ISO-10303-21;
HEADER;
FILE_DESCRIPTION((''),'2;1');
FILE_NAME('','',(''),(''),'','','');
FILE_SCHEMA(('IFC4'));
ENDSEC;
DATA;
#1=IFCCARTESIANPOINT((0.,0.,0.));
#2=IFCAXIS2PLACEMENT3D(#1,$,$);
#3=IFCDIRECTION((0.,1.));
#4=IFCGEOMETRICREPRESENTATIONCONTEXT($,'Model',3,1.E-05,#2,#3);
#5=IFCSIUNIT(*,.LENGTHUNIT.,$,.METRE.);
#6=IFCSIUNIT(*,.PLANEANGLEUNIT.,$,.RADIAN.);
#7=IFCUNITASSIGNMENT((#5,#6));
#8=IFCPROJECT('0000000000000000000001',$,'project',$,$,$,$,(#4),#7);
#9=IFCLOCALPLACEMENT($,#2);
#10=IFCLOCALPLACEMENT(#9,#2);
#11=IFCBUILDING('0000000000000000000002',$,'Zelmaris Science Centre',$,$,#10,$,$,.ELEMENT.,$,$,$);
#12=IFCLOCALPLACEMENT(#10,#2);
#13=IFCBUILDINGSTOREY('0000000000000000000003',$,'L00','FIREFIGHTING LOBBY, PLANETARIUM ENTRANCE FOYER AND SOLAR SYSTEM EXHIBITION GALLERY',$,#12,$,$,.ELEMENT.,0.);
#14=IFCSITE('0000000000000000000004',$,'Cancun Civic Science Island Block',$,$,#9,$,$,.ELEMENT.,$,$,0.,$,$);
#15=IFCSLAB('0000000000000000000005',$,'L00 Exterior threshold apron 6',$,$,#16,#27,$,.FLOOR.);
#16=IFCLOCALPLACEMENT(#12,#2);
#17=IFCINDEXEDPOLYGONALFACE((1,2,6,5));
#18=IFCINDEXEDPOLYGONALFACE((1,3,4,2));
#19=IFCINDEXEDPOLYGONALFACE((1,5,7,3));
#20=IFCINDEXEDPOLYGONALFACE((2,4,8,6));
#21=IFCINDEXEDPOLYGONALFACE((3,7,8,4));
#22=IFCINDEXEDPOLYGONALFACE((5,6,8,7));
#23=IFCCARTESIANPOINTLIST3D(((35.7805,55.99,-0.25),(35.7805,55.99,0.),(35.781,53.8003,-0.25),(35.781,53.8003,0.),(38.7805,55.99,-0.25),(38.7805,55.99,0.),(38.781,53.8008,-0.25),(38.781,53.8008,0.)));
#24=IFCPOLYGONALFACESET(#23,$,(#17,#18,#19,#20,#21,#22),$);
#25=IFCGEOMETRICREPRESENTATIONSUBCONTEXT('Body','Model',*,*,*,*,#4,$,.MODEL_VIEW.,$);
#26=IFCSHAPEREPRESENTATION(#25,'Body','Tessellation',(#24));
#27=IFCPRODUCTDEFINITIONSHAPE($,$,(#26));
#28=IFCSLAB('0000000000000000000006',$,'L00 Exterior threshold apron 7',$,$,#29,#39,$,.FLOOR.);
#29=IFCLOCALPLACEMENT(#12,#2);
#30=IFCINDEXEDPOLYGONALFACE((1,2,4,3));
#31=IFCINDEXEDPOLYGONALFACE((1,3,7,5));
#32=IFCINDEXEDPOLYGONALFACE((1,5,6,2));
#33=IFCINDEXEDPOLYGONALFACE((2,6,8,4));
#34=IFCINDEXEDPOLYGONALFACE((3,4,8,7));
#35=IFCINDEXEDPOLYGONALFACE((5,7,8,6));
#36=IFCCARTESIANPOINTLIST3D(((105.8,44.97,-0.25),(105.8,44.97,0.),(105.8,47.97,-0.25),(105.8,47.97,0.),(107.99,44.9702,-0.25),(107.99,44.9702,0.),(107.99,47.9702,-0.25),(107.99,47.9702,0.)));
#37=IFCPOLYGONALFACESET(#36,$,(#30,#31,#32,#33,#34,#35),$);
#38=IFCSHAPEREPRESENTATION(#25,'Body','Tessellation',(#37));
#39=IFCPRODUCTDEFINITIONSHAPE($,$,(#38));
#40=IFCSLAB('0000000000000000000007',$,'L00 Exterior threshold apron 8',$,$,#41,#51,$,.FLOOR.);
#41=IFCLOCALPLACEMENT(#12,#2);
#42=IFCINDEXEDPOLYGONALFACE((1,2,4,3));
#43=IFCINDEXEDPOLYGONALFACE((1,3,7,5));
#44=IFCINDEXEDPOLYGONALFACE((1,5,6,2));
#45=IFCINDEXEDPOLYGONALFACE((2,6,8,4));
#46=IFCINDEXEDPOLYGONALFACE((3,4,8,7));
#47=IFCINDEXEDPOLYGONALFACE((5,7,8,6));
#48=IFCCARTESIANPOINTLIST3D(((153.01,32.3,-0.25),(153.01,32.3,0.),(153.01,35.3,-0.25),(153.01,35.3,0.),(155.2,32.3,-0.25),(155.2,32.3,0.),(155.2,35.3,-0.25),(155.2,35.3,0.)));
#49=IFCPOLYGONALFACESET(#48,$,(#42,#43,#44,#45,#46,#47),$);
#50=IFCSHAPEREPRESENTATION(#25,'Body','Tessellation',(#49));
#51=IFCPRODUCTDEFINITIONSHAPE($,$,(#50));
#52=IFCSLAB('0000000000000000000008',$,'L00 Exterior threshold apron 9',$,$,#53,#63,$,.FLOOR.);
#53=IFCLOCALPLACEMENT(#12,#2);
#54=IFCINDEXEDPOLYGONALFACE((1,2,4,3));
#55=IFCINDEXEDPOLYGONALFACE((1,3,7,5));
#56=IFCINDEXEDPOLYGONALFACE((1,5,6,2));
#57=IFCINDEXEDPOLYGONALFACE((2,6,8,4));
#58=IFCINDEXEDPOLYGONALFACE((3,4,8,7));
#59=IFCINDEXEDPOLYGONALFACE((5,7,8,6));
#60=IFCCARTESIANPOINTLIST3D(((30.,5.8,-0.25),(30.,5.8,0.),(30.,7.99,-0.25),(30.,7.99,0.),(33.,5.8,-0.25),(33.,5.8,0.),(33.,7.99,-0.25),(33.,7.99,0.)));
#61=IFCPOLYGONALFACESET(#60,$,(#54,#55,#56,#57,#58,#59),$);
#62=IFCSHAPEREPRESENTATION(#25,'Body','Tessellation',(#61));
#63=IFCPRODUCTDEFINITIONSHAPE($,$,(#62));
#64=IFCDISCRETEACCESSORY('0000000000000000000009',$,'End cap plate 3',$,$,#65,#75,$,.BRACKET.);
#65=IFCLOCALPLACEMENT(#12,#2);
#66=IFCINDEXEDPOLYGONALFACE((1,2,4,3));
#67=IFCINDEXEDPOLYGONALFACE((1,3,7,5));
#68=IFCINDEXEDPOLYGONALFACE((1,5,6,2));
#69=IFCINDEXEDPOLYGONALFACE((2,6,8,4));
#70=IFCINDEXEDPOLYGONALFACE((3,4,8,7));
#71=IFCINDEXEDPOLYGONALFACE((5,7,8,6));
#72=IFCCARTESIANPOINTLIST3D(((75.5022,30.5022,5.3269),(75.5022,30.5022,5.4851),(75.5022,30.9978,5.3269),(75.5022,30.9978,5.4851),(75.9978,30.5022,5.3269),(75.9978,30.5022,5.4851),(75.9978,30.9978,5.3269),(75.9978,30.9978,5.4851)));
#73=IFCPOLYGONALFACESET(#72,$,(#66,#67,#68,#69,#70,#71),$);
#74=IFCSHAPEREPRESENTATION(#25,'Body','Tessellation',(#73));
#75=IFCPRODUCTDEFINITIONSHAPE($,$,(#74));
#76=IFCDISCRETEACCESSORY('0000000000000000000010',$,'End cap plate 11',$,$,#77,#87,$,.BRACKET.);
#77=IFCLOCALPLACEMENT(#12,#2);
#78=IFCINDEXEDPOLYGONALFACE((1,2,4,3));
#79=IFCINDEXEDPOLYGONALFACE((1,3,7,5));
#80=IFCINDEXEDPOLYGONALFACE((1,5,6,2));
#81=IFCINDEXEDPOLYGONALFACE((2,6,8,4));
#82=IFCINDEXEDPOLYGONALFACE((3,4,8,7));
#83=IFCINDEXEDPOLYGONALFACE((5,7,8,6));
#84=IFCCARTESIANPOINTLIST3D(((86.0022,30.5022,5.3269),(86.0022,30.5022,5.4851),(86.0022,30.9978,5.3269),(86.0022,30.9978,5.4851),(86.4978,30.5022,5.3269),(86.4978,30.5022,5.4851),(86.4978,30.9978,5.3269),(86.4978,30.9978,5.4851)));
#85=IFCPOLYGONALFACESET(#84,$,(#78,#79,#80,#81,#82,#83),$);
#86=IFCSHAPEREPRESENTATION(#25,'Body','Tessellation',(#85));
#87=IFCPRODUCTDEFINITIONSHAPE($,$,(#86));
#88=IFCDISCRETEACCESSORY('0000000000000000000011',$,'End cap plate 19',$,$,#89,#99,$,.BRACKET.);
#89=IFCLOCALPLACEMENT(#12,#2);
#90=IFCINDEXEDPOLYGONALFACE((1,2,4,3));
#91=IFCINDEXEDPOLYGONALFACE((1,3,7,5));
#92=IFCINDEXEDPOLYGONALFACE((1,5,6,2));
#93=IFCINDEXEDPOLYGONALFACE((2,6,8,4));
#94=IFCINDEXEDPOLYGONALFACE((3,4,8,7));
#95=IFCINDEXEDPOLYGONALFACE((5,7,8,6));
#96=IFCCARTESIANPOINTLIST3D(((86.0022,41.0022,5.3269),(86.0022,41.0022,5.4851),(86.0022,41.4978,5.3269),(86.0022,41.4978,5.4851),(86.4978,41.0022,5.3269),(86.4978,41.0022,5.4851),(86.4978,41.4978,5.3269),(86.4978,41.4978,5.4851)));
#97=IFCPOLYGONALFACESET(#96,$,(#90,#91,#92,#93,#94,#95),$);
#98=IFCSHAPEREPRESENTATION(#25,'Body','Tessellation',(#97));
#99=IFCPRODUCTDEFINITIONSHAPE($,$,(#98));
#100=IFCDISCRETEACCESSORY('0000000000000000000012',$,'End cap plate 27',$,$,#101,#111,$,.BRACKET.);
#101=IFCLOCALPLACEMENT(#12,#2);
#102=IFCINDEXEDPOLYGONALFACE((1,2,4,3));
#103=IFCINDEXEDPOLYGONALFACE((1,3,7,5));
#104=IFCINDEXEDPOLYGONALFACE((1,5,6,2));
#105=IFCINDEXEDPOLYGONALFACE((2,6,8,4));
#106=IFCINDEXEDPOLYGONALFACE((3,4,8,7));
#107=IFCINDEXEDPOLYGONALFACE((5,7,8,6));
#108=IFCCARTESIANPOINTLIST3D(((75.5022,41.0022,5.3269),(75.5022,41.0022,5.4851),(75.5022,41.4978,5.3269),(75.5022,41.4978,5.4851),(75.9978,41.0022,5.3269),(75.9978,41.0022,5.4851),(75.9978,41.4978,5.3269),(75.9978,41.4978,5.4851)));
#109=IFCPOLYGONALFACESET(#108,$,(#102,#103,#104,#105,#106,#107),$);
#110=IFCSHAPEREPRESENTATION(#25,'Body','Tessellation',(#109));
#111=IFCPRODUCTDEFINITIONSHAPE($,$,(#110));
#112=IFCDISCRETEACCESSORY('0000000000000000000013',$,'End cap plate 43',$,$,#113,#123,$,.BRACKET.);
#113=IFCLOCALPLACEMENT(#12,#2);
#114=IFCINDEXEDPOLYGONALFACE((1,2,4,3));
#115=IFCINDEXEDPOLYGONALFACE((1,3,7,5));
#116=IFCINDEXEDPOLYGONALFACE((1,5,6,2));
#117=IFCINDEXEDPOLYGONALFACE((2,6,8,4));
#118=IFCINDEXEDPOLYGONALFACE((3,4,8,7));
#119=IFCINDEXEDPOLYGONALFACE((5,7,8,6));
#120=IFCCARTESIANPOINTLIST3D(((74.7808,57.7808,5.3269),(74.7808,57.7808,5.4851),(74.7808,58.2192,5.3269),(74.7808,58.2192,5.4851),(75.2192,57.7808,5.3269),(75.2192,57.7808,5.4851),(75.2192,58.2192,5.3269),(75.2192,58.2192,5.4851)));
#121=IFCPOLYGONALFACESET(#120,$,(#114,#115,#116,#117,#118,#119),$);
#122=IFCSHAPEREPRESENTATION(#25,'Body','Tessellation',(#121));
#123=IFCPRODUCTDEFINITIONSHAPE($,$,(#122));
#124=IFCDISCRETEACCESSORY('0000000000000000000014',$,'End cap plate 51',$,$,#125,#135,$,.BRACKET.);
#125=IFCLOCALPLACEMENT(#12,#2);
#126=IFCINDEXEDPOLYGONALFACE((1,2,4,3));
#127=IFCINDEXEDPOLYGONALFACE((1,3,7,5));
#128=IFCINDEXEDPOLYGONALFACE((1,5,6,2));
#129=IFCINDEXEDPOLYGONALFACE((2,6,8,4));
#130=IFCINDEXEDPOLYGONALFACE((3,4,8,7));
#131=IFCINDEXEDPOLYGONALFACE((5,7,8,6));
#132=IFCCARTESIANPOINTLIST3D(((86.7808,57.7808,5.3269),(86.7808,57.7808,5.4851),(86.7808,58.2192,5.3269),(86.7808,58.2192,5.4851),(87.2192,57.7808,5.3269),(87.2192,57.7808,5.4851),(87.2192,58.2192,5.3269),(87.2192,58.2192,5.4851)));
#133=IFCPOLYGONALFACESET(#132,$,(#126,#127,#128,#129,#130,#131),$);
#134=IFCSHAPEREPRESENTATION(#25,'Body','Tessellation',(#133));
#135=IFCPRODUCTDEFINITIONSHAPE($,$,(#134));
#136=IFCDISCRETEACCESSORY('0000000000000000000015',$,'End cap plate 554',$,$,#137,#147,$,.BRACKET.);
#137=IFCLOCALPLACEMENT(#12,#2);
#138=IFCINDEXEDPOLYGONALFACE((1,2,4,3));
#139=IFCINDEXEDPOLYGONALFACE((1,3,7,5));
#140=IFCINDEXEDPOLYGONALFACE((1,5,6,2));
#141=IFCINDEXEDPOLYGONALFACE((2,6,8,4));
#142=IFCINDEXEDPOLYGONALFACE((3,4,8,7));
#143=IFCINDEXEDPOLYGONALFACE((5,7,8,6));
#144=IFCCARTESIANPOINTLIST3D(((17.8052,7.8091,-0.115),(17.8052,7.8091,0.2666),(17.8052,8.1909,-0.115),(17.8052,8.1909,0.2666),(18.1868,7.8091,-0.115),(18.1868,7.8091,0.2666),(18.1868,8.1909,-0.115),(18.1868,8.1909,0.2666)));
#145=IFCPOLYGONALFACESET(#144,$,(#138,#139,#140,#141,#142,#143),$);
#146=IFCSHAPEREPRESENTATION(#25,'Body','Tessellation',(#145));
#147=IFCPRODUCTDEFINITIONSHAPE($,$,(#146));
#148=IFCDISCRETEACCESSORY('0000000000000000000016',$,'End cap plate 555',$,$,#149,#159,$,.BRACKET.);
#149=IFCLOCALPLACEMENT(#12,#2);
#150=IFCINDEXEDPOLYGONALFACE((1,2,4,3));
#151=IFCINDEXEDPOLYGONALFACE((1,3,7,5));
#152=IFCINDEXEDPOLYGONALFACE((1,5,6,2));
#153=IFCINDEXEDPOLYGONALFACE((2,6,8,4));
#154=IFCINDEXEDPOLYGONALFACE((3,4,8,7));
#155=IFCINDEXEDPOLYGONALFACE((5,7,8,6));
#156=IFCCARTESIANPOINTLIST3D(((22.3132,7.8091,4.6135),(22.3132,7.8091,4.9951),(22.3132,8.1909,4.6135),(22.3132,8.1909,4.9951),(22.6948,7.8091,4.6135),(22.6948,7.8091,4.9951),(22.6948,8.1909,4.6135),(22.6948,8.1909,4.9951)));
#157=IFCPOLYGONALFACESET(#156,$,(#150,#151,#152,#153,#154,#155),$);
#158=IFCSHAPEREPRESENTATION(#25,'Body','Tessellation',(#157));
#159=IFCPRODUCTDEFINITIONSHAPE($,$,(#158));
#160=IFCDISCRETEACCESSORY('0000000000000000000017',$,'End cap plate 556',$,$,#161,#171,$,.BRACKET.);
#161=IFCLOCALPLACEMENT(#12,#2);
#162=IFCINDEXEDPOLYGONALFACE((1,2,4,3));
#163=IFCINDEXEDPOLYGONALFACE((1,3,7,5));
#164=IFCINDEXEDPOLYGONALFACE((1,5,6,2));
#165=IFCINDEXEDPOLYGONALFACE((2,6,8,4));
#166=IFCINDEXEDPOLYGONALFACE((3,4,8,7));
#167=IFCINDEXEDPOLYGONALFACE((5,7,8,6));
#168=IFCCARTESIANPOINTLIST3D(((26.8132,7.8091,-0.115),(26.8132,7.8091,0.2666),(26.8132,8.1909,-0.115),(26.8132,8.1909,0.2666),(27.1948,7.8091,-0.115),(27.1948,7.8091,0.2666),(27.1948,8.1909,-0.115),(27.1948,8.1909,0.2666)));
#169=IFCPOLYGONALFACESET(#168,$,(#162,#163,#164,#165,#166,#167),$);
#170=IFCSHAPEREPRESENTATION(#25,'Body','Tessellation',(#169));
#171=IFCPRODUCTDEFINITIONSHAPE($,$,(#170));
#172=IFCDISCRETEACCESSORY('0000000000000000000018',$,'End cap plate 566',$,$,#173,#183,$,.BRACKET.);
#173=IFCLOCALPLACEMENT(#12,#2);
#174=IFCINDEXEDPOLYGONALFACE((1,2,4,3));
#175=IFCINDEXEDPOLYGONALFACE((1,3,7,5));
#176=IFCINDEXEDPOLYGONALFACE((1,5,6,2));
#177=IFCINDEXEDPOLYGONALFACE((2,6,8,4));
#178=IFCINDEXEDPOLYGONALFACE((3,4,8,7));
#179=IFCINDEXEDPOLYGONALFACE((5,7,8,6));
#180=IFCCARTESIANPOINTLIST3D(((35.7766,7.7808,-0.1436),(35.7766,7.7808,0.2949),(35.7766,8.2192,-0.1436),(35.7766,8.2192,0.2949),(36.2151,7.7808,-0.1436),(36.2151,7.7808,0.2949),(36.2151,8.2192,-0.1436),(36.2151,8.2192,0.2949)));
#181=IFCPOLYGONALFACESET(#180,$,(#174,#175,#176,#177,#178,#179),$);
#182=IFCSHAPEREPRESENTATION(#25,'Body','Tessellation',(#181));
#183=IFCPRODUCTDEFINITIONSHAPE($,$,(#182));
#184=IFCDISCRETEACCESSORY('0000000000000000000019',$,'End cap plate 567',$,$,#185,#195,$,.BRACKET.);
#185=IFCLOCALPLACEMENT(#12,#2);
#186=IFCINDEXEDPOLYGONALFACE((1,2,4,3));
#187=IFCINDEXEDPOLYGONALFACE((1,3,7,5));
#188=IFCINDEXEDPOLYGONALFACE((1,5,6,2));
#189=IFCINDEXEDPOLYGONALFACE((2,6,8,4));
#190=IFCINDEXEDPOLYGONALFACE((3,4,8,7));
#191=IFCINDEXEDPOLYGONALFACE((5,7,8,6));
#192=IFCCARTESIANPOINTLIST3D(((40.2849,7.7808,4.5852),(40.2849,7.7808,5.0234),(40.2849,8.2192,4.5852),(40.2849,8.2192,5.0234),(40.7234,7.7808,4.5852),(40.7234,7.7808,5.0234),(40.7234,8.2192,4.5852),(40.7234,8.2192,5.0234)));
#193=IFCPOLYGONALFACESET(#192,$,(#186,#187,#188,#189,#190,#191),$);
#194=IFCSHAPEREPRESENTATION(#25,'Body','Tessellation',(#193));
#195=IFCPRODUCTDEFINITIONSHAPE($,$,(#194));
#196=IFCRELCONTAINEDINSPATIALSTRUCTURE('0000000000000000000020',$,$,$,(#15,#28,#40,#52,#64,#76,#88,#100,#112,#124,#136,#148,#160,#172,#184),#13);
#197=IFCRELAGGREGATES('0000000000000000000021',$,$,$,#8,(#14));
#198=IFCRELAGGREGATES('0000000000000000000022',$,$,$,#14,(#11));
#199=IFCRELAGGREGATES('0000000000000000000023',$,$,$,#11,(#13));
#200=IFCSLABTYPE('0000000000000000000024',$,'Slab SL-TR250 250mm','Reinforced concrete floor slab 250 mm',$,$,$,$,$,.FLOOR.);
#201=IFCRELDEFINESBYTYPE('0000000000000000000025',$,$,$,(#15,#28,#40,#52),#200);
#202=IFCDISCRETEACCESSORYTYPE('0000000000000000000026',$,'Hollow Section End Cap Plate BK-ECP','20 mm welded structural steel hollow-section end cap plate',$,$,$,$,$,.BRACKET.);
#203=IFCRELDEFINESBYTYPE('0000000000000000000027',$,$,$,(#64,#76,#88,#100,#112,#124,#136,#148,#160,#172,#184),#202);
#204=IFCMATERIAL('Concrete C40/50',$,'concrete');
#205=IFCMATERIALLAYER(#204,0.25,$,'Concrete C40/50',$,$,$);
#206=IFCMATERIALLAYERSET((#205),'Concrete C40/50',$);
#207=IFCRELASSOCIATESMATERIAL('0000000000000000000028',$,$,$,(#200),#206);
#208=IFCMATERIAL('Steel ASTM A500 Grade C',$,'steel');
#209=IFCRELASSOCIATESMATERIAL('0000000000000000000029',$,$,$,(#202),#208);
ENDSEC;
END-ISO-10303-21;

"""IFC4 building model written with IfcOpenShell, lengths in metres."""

from ifc_helpers import new_model, si_unit, direction, frame, origin, place, context, subcontext, project, spatial, polyline, outline, extrude, material, layer, layer_set, type_object, element, save


model = new_model("IFC4")

# Units and contexts
model_context = context("Model", 3, precision=1e-05, world=origin(), true_north=direction((0.0, 1.0)))
body_context = subcontext(model_context, "Body", "Model", "MODEL_VIEW")
ifc_project = project(units=[si_unit("LENGTHUNIT", "METRE"), si_unit("PLANEANGLEUNIT", "RADIAN")], contexts=[model_context])

# Site, building, storey
site_placement = place(None, origin())
site = spatial("IfcSite", under=ifc_project, at=site_placement, Name="Cancun Civic Science Island Block", CompositionType="ELEMENT", RefElevation=0.0)
building_placement = place(site_placement, origin())
building = spatial("IfcBuilding", under=site, at=building_placement, Name="Zelmaris Science Centre", CompositionType="ELEMENT")
storey_placement = place(building_placement, origin())
storey = spatial("IfcBuildingStorey", under=building, at=storey_placement, Name="L00", Description="FIREFIGHTING LOBBY, PLANETARIUM ENTRANCE FOYER AND SOLAR SYSTEM EXHIBITION GALLERY", CompositionType="ELEMENT", Elevation=0.0)

# Shared definitions
ifc_material_1 = material(Name="Concrete C40/50", Category="concrete")

# Slabs
ifc_layer_1 = layer(ifc_material_1, 0.25, Name="Concrete C40/50")
ifc_layer_set_1 = layer_set([ifc_layer_1], Name="Concrete C40/50")
slab_type_1 = type_object("IfcSlabType", Name="Slab SL-TR250 250mm", Description="Reinforced concrete floor slab 250 mm", PredefinedType="FLOOR", material=ifc_layer_set_1)
slab_1_placement = place(storey_placement, frame((0.0, 0.0, -0.25)))
element("IfcSlab", 1, at=slab_1_placement, inside=storey, type_object=slab_type_1, Name="L00 Exterior threshold apron 6", PredefinedType="FLOOR", context=body_context, shape_type="SweptSolid", body=[
    extrude(outline(polyline([(35.7805, 55.99), (38.7805, 55.99), (38.781, 53.8008), (35.781, 53.8003), (35.7805, 55.99)])), origin(), (0.0, 0.0, 1.0), 0.25),
])
slab_2_placement = place(storey_placement, frame((0.0, 0.0, -0.25)))
element("IfcSlab", 2, at=slab_2_placement, inside=storey, type_object=slab_type_1, Name="L00 Exterior threshold apron 7", PredefinedType="FLOOR", context=body_context, shape_type="SweptSolid", body=[
    extrude(outline(polyline([(105.8, 44.97), (105.8, 47.97), (107.99, 47.9702), (107.99, 44.9702), (105.8, 44.97)])), origin(), (0.0, 0.0, 1.0), 0.25),
])
slab_3_placement = place(storey_placement, frame((0.0, 0.0, -0.25)))
element("IfcSlab", 3, at=slab_3_placement, inside=storey, type_object=slab_type_1, Name="L00 Exterior threshold apron 8", PredefinedType="FLOOR", context=body_context, shape_type="SweptSolid", body=[
    extrude(outline(polyline([(155.2, 32.3), (153.01, 32.3), (153.01, 35.3), (155.2, 35.3), (155.2, 32.3)])), origin(), (0.0, 0.0, 1.0), 0.25),
])
slab_4_placement = place(storey_placement, frame((0.0, 0.0, -0.25)))
element("IfcSlab", 4, at=slab_4_placement, inside=storey, type_object=slab_type_1, Name="L00 Exterior threshold apron 9", PredefinedType="FLOOR", context=body_context, shape_type="SweptSolid", body=[
    extrude(outline(polyline([(30.0, 5.8), (30.0, 7.99), (33.0, 7.99), (33.0, 5.8), (30.0, 5.8)])), origin(), (0.0, 0.0, 1.0), 0.25),
])

# Discrete accessories
ifc_material_2 = material(Name="Steel ASTM A500 Grade C", Category="steel")
discrete_accessory_type = type_object("IfcDiscreteAccessoryType", Name="Hollow Section End Cap Plate BK-ECP", Description="20 mm welded structural steel hollow-section end cap plate", PredefinedType="BRACKET", material=ifc_material_2)
discrete_accessory_1_placement = place(storey_placement, frame((0.0, 0.0, 5.3269)))
element("IfcDiscreteAccessory", 5, at=discrete_accessory_1_placement, inside=storey, type_object=discrete_accessory_type, Name="End cap plate 3", PredefinedType="BRACKET", context=body_context, shape_type="SweptSolid", body=[
    extrude(outline(polyline([(75.5022, 30.5022), (75.9978, 30.5022), (75.9978, 30.9978), (75.5022, 30.9978), (75.5022, 30.5022)])), origin(), (0.0, 0.0, 1.0), 0.1582),
])
discrete_accessory_2_placement = place(storey_placement, frame((0.0, 0.0, 5.3269)))
element("IfcDiscreteAccessory", 6, at=discrete_accessory_2_placement, inside=storey, type_object=discrete_accessory_type, Name="End cap plate 11", PredefinedType="BRACKET", context=body_context, shape_type="SweptSolid", body=[
    extrude(outline(polyline([(86.0022, 30.5022), (86.4978, 30.5022), (86.4978, 30.9978), (86.0022, 30.9978), (86.0022, 30.5022)])), origin(), (0.0, 0.0, 1.0), 0.1582),
])
discrete_accessory_3_placement = place(storey_placement, frame((0.0, 0.0, 5.3269)))
element("IfcDiscreteAccessory", 7, at=discrete_accessory_3_placement, inside=storey, type_object=discrete_accessory_type, Name="End cap plate 19", PredefinedType="BRACKET", context=body_context, shape_type="SweptSolid", body=[
    extrude(outline(polyline([(86.0022, 41.0022), (86.4978, 41.0022), (86.4978, 41.4978), (86.0022, 41.4978), (86.0022, 41.0022)])), origin(), (0.0, 0.0, 1.0), 0.1582),
])
discrete_accessory_4_placement = place(storey_placement, frame((0.0, 0.0, 5.3269)))
element("IfcDiscreteAccessory", 8, at=discrete_accessory_4_placement, inside=storey, type_object=discrete_accessory_type, Name="End cap plate 27", PredefinedType="BRACKET", context=body_context, shape_type="SweptSolid", body=[
    extrude(outline(polyline([(75.5022, 41.0022), (75.9978, 41.0022), (75.9978, 41.4978), (75.5022, 41.4978), (75.5022, 41.0022)])), origin(), (0.0, 0.0, 1.0), 0.1582),
])
discrete_accessory_5_placement = place(storey_placement, frame((0.0, 0.0, 5.3269)))
element("IfcDiscreteAccessory", 9, at=discrete_accessory_5_placement, inside=storey, type_object=discrete_accessory_type, Name="End cap plate 43", PredefinedType="BRACKET", context=body_context, shape_type="SweptSolid", body=[
    extrude(outline(polyline([(74.7808, 57.7808), (75.2192, 57.7808), (75.2192, 58.2192), (74.7808, 58.2192), (74.7808, 57.7808)])), origin(), (0.0, 0.0, 1.0), 0.1582),
])
discrete_accessory_6_placement = place(storey_placement, frame((0.0, 0.0, 5.3269)))
element("IfcDiscreteAccessory", 10, at=discrete_accessory_6_placement, inside=storey, type_object=discrete_accessory_type, Name="End cap plate 51", PredefinedType="BRACKET", context=body_context, shape_type="SweptSolid", body=[
    extrude(outline(polyline([(86.7808, 57.7808), (87.2192, 57.7808), (87.2192, 58.2192), (86.7808, 58.2192), (86.7808, 57.7808)])), origin(), (0.0, 0.0, 1.0), 0.1582),
])
discrete_accessory_7_placement = place(storey_placement, frame((0.0, 0.0, -0.115)))
element("IfcDiscreteAccessory", 11, at=discrete_accessory_7_placement, inside=storey, type_object=discrete_accessory_type, Name="End cap plate 554", PredefinedType="BRACKET", context=body_context, shape_type="SweptSolid", body=[
    extrude(outline(polyline([(17.8052, 7.8091), (18.1868, 7.8091), (18.1868, 8.1909), (17.8052, 8.1909), (17.8052, 7.8091)])), origin(), (0.0, 0.0, 1.0), 0.3816),
])
discrete_accessory_8_placement = place(storey_placement, frame((0.0, 0.0, 4.6135)))
element("IfcDiscreteAccessory", 12, at=discrete_accessory_8_placement, inside=storey, type_object=discrete_accessory_type, Name="End cap plate 555", PredefinedType="BRACKET", context=body_context, shape_type="SweptSolid", body=[
    extrude(outline(polyline([(22.3132, 7.8091), (22.6948, 7.8091), (22.6948, 8.1909), (22.3132, 8.1909), (22.3132, 7.8091)])), origin(), (0.0, 0.0, 1.0), 0.3816),
])
discrete_accessory_9_placement = place(storey_placement, frame((0.0, 0.0, -0.115)))
element("IfcDiscreteAccessory", 13, at=discrete_accessory_9_placement, inside=storey, type_object=discrete_accessory_type, Name="End cap plate 556", PredefinedType="BRACKET", context=body_context, shape_type="SweptSolid", body=[
    extrude(outline(polyline([(26.8132, 7.8091), (27.1948, 7.8091), (27.1948, 8.1909), (26.8132, 8.1909), (26.8132, 7.8091)])), origin(), (0.0, 0.0, 1.0), 0.3816),
])
discrete_accessory_10_placement = place(storey_placement, frame((0.0, 0.0, -0.1436)))
element("IfcDiscreteAccessory", 14, at=discrete_accessory_10_placement, inside=storey, type_object=discrete_accessory_type, Name="End cap plate 566", PredefinedType="BRACKET", context=body_context, shape_type="SweptSolid", body=[
    extrude(outline(polyline([(35.7766, 7.7808), (36.2151, 7.7808), (36.2151, 8.2192), (35.7766, 8.2192), (35.7766, 7.7808)])), origin(), (0.0, 0.0, 1.0), 0.4385),
])
discrete_accessory_11_placement = place(storey_placement, frame((0.0, 0.0, 4.5852)))
element("IfcDiscreteAccessory", 15, at=discrete_accessory_11_placement, inside=storey, type_object=discrete_accessory_type, Name="End cap plate 567", PredefinedType="BRACKET", context=body_context, shape_type="SweptSolid", body=[
    extrude(outline(polyline([(40.2849, 7.7808), (40.7234, 7.7808), (40.7234, 8.2192), (40.2849, 8.2192), (40.2849, 7.7808)])), origin(), (0.0, 0.0, 1.0), 0.4382),
])

save(model, "model.ifc")
